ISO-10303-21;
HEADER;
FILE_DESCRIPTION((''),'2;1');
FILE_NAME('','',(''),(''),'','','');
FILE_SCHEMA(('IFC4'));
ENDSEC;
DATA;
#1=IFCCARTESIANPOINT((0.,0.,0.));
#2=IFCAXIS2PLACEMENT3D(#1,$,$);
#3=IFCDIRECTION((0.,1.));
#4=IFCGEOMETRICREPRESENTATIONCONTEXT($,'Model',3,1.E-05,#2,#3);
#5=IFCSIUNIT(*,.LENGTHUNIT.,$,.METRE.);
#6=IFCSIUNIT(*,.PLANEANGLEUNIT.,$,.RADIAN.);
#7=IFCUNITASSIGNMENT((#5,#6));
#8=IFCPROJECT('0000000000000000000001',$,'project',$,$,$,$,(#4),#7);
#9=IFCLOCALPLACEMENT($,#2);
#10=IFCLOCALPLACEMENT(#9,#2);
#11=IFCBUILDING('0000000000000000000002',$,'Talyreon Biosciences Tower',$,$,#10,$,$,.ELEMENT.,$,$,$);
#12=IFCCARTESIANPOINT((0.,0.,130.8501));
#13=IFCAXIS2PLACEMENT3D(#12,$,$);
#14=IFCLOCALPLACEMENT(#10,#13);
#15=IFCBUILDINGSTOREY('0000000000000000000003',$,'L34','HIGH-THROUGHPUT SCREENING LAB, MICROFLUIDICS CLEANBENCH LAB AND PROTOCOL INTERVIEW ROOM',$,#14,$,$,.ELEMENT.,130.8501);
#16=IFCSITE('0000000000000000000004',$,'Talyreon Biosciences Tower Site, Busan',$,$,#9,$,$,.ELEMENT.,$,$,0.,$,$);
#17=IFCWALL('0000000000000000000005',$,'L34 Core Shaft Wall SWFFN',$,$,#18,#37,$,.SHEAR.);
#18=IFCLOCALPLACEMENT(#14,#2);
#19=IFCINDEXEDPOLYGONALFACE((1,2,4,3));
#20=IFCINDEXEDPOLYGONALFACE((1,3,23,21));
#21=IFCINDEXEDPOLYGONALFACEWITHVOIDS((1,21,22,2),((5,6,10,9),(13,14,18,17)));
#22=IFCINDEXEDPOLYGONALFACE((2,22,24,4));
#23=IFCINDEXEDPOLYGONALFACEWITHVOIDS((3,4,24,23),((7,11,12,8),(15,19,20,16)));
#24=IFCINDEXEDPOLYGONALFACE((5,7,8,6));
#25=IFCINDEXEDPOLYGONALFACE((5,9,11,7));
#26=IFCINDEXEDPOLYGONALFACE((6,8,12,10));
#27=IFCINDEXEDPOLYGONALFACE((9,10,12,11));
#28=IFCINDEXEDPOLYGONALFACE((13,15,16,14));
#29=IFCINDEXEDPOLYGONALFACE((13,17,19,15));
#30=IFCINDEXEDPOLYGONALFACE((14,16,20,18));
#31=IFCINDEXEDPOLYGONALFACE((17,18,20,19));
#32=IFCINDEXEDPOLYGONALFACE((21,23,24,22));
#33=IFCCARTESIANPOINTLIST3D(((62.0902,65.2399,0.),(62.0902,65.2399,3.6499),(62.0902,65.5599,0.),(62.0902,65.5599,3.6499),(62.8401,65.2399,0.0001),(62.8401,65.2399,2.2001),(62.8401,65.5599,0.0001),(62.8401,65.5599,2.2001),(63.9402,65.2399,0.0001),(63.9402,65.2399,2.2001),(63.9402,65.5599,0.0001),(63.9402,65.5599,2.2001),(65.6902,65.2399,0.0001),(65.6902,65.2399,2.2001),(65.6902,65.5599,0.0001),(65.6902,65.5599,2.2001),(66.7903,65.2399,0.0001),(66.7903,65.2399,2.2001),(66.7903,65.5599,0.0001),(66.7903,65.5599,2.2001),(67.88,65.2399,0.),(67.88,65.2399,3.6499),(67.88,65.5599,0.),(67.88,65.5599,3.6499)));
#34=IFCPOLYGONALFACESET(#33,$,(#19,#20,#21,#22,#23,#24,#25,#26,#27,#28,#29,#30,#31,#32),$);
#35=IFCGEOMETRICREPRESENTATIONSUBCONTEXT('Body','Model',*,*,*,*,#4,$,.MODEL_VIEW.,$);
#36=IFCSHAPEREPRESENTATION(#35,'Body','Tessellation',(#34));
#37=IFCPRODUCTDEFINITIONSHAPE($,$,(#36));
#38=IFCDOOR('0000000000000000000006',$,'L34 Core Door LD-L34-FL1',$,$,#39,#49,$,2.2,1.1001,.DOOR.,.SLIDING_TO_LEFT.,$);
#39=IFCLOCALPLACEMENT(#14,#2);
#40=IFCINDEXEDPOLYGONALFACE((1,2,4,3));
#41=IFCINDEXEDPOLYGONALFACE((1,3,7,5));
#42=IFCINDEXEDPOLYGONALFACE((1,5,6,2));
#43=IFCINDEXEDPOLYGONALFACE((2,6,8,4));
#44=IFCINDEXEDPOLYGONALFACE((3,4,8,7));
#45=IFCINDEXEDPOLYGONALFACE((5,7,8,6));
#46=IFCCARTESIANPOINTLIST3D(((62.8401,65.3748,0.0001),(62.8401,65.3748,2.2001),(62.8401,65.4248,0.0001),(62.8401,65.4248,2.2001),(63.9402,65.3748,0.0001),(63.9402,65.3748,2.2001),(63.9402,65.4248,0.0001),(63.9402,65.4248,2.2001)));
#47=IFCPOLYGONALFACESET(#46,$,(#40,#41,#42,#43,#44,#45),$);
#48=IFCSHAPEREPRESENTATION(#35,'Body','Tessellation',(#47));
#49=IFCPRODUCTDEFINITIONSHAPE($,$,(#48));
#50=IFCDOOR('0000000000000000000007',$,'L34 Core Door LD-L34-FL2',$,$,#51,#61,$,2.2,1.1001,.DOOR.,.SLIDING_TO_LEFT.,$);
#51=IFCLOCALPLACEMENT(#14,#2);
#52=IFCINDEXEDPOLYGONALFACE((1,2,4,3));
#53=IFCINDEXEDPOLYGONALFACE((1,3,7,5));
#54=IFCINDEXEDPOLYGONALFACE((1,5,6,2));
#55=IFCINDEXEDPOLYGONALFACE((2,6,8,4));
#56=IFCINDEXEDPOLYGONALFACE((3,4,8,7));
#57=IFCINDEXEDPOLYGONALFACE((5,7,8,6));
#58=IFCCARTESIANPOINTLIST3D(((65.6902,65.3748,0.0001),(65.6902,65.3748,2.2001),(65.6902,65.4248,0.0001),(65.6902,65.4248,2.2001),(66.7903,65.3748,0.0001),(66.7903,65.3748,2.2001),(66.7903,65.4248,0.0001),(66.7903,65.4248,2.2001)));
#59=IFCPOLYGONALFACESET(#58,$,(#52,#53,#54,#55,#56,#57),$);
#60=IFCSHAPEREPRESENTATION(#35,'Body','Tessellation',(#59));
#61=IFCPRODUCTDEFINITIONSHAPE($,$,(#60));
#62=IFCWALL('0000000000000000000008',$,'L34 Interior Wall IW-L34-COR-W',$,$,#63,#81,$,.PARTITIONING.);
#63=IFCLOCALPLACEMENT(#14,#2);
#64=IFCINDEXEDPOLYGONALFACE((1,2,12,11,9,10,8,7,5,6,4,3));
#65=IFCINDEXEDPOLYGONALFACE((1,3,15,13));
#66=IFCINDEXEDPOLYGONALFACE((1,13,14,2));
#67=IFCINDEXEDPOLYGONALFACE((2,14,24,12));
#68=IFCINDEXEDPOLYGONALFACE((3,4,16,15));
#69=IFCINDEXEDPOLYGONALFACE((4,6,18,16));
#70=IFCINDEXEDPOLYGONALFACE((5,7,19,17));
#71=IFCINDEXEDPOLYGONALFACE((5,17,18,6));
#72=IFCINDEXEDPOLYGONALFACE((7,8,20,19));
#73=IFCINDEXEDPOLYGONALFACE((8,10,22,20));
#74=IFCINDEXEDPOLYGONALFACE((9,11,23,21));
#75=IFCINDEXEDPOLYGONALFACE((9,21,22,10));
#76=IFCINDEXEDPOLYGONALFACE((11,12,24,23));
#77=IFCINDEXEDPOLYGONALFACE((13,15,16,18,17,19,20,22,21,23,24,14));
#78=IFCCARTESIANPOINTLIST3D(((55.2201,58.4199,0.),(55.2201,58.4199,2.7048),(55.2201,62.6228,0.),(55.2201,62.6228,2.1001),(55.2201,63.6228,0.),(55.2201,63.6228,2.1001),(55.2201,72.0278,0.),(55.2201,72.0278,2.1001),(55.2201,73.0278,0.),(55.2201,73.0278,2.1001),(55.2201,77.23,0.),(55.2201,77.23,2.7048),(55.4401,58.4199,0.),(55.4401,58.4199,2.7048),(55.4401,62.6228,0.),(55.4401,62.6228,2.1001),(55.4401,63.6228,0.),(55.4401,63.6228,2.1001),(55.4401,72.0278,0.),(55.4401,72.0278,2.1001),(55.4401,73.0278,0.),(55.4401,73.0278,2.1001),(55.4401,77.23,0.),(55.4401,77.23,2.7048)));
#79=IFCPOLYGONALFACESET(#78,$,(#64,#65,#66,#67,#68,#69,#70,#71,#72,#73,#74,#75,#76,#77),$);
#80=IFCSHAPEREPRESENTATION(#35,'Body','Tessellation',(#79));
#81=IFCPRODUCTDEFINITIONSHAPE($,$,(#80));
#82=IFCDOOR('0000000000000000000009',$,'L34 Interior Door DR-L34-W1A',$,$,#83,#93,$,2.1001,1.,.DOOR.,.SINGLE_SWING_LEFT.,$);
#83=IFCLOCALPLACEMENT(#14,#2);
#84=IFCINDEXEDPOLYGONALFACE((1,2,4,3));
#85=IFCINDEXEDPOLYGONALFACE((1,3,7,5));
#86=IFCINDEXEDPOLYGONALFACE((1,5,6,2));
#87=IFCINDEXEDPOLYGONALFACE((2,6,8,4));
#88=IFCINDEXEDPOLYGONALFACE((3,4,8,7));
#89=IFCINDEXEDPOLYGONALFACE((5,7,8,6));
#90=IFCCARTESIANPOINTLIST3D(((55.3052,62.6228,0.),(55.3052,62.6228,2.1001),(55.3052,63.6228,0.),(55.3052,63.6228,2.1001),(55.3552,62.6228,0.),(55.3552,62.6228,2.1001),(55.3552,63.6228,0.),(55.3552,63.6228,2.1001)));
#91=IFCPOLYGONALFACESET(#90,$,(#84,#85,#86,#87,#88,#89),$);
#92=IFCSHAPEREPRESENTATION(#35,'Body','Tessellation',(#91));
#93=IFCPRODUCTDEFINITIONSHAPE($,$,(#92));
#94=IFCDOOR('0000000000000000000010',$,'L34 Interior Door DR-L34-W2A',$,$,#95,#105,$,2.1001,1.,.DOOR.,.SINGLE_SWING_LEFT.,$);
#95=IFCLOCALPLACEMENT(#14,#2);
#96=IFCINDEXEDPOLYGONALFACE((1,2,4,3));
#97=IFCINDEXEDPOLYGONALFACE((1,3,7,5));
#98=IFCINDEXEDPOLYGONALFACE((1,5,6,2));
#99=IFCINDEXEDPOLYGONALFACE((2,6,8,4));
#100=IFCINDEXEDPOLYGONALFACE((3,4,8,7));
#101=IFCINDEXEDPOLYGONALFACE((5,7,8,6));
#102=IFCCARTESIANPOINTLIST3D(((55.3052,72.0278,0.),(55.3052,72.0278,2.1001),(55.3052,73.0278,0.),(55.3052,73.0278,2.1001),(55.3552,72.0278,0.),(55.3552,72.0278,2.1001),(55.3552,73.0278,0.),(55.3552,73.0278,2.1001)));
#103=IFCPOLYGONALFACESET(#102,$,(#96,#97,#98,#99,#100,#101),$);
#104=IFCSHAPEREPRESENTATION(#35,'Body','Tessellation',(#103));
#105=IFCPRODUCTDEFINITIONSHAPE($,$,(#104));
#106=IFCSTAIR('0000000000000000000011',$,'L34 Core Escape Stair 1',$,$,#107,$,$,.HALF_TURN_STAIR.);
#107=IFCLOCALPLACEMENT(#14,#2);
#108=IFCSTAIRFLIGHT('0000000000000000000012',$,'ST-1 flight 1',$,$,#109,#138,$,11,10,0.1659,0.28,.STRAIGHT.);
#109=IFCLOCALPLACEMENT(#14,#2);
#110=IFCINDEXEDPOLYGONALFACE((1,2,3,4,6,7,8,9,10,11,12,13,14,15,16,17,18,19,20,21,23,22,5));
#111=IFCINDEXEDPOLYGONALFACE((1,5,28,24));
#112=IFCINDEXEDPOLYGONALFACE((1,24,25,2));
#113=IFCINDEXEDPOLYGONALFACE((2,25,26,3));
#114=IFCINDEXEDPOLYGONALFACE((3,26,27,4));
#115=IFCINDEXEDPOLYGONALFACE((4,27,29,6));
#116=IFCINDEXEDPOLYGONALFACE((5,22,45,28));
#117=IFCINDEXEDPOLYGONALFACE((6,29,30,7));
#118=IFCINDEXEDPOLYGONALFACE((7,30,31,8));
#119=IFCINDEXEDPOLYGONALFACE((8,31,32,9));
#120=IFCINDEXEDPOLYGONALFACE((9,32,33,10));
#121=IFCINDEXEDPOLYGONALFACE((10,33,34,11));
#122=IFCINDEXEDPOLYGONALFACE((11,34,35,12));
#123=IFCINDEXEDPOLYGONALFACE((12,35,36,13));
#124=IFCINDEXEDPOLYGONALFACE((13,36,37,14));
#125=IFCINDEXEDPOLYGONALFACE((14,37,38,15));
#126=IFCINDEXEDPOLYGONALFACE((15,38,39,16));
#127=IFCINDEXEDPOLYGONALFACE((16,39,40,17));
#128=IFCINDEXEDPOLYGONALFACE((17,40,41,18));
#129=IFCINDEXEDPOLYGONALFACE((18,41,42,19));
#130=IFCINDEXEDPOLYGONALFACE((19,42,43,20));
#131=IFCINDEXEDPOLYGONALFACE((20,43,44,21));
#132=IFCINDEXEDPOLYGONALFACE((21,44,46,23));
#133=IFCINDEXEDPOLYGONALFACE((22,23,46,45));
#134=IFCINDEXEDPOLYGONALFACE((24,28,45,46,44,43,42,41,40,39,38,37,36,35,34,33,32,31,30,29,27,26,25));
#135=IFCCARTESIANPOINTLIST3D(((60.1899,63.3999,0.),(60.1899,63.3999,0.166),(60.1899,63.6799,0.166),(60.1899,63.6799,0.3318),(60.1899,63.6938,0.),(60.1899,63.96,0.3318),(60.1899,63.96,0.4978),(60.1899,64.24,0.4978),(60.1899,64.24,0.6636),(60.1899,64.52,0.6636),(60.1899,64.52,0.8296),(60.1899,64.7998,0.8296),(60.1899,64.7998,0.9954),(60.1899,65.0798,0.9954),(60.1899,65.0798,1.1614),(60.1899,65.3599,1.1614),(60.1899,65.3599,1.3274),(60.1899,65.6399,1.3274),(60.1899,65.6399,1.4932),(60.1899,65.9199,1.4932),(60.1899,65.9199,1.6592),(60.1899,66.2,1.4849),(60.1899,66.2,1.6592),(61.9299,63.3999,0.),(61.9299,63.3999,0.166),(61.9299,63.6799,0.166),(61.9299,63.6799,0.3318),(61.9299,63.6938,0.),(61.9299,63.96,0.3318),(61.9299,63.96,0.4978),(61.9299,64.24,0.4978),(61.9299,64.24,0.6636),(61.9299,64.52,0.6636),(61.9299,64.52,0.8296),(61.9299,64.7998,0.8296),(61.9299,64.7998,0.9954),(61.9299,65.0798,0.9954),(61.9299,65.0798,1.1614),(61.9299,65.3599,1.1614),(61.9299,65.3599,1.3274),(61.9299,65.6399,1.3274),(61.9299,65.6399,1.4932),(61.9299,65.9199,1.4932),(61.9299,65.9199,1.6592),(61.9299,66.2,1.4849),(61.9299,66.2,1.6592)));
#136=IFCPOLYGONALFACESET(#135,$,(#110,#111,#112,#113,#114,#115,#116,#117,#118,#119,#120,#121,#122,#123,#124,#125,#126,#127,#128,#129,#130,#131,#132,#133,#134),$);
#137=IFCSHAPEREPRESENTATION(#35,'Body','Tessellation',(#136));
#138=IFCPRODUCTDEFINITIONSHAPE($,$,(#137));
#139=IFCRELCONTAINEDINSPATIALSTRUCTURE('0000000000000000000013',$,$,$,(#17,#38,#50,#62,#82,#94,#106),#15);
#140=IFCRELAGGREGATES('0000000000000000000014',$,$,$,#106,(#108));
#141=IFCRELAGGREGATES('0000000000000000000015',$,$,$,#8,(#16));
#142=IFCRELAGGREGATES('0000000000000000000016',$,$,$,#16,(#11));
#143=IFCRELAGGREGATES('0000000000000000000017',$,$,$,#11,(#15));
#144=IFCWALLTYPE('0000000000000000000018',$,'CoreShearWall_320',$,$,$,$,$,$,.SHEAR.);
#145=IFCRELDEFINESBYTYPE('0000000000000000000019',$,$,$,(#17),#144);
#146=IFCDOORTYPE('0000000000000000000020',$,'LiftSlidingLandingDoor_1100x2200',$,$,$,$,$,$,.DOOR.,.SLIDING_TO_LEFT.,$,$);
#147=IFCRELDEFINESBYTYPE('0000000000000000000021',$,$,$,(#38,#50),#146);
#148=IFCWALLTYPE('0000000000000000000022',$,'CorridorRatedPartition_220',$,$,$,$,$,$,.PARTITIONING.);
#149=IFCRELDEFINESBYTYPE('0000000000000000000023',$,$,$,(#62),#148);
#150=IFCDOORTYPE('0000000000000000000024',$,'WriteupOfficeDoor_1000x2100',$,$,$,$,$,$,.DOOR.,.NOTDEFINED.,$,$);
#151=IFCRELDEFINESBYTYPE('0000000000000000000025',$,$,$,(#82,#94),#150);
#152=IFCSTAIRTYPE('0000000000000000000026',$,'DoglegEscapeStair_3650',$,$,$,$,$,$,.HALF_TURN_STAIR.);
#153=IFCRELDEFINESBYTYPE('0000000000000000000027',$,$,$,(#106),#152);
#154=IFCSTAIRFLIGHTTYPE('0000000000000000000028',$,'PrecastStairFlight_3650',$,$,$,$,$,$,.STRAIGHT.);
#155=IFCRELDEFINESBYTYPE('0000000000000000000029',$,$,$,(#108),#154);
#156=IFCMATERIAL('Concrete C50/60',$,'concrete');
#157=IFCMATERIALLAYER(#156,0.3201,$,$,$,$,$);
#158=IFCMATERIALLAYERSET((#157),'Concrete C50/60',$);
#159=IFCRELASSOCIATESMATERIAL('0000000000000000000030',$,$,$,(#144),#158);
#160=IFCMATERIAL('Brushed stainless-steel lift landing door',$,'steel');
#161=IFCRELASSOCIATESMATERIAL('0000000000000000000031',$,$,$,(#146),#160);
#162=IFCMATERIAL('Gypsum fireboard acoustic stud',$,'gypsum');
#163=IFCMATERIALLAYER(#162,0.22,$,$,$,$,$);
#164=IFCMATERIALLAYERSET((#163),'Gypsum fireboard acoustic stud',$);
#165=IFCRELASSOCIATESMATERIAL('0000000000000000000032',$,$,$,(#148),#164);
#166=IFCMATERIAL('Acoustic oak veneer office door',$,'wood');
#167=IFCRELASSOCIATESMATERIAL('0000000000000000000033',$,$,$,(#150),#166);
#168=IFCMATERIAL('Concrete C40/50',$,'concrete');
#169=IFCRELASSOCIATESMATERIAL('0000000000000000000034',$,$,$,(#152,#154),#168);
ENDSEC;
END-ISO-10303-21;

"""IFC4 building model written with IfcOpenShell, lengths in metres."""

from ifc_helpers import new_model, si_unit, direction, frame, frame_2d, origin, place, context, subcontext, project, spatial, polyline, rectangle, outline, extrude, material, layer, layer_set, type_object, element, fill, aggregate, save


model = new_model("IFC4")

# Units and contexts
model_context = context("Model", 3, precision=1e-05, world=origin(), true_north=direction((0.0, 1.0)))
body_context = subcontext(model_context, "Body", "Model", "MODEL_VIEW")
ifc_project = project(units=[si_unit("LENGTHUNIT", "METRE"), si_unit("PLANEANGLEUNIT", "RADIAN")], contexts=[model_context])

# Site, building, storey
site_placement = place(None, origin())
site = spatial("IfcSite", under=ifc_project, at=site_placement, Name="Talyreon Biosciences Tower Site, Busan", CompositionType="ELEMENT", RefElevation=0.0)
building_placement = place(site_placement, origin())
building = spatial("IfcBuilding", under=site, at=building_placement, Name="Talyreon Biosciences Tower", CompositionType="ELEMENT")
storey_placement = place(building_placement, frame((0.0, 0.0, 130.8501)))
storey = spatial("IfcBuildingStorey", under=building, at=storey_placement, Name="L34", Description="HIGH-THROUGHPUT SCREENING LAB, MICROFLUIDICS CLEANBENCH LAB AND PROTOCOL INTERVIEW ROOM", CompositionType="ELEMENT", Elevation=130.8501)

# Shared definitions
ifc_material_1 = material(Name="Concrete C50/60", Category="concrete")

# Shared definitions
ifc_layer_1 = layer(ifc_material_1, 0.3201)
ifc_layer_set_1 = layer_set([ifc_layer_1], Name="Concrete C50/60")
wall_type_1 = type_object("IfcWallType", Name="CoreShearWall_320", PredefinedType="SHEAR", material=ifc_layer_set_1)

# Walls, openings, doors
wall_1_placement = place(storey_placement, frame((62.0901, 65.3999, 0.0), z_axis=(0.0, 0.0, 1.0), x_axis=(1.0, 0.0, 0.0)))
wall_1 = element("IfcWall", 1, at=wall_1_placement, inside=storey, type_object=wall_type_1, Name="L34 Core Shaft Wall SWFFN", PredefinedType="SHEAR", context=body_context, shape_type="SweptSolid", body=[
    extrude(rectangle(XDim=5.7898, YDim=0.3201, at=frame_2d((2.895, 0.0))), origin(), (0.0, 0.0, 1.0), 3.6499),
])
opening_1_placement = place(wall_1_placement, frame((0.75, 0.0, 0.0)))
opening_1 = element("IfcOpeningElement", 2, at=opening_1_placement, cuts=wall_1, PredefinedType="OPENING", context=body_context, shape_type="SweptSolid", body=[
    extrude(rectangle(XDim=1.1001, YDim=2.2, at=frame_2d((0.55, 1.1001))), frame((0.0, 0.1699, 0.0), z_axis=(0.0, -1.0, 0.0), x_axis=(1.0, 0.0, 0.0)), (0.0, 0.0, 1.0), 0.3401),
])
opening_2_placement = place(wall_1_placement, frame((3.6001, 0.0, 0.0)))
opening_2 = element("IfcOpeningElement", 3, at=opening_2_placement, cuts=wall_1, PredefinedType="OPENING", context=body_context, shape_type="SweptSolid", body=[
    extrude(rectangle(XDim=1.1001, YDim=2.2, at=frame_2d((0.55, 1.1001))), frame((0.0, 0.1699, 0.0), z_axis=(0.0, -1.0, 0.0), x_axis=(1.0, 0.0, 0.0)), (0.0, 0.0, 1.0), 0.3401),
])
ifc_material_2 = material(Name="Brushed stainless-steel lift landing door", Category="steel")
door_type_1 = type_object("IfcDoorType", Name="LiftSlidingLandingDoor_1100x2200", OperationType="SLIDING_TO_LEFT", PredefinedType="DOOR", material=ifc_material_2)
door_1_placement = place(opening_1_placement, origin())
door_1 = element("IfcDoor", 4, at=door_1_placement, inside=storey, type_object=door_type_1, Name="L34 Core Door LD-L34-FL1", OperationType="SLIDING_TO_LEFT", OverallHeight=2.2, OverallWidth=1.1001, PredefinedType="DOOR", context=body_context, shape_type="SweptSolid", body=[
    extrude(rectangle(XDim=1.1001, YDim=2.2, at=frame_2d((0.55, 1.1001))), frame((0.0, 0.0249, 0.0), z_axis=(0.0, -1.0, 0.0), x_axis=(1.0, 0.0, 0.0)), (0.0, 0.0, 1.0), 0.05),
])
fill(opening_1, door_1)
door_2_placement = place(opening_2_placement, origin())
door_2 = element("IfcDoor", 5, at=door_2_placement, inside=storey, type_object=door_type_1, Name="L34 Core Door LD-L34-FL2", OperationType="SLIDING_TO_LEFT", OverallHeight=2.2, OverallWidth=1.1001, PredefinedType="DOOR", context=body_context, shape_type="SweptSolid", body=[
    extrude(rectangle(XDim=1.1001, YDim=2.2, at=frame_2d((0.55, 1.1001))), frame((0.0, 0.0249, 0.0), z_axis=(0.0, -1.0, 0.0), x_axis=(1.0, 0.0, 0.0)), (0.0, 0.0, 1.0), 0.05),
])
fill(opening_2, door_2)
ifc_material_3 = material(Name="Gypsum fireboard acoustic stud", Category="gypsum")
ifc_layer_2 = layer(ifc_material_3, 0.22)
ifc_layer_set_2 = layer_set([ifc_layer_2], Name="Gypsum fireboard acoustic stud")
wall_type_2 = type_object("IfcWallType", Name="CorridorRatedPartition_220", PredefinedType="PARTITIONING", material=ifc_layer_set_2)
wall_2_placement = place(storey_placement, frame((55.3301, 58.4199, 0.0), z_axis=(0.0, 0.0, 1.0), x_axis=(0.0, 1.0, 0.0)))
wall_2 = element("IfcWall", 6, at=wall_2_placement, inside=storey, type_object=wall_type_2, Name="L34 Interior Wall IW-L34-COR-W", PredefinedType="PARTITIONING", context=body_context, shape_type="SweptSolid", body=[
    extrude(rectangle(XDim=18.8101, YDim=0.22, at=frame_2d((9.405, 0.0))), origin(), (0.0, 0.0, 1.0), 2.7048),
])
opening_3_placement = place(wall_2_placement, frame((4.2029, 0.0, 0.0)))
opening_3 = element("IfcOpeningElement", 7, at=opening_3_placement, cuts=wall_2, PredefinedType="OPENING", context=body_context, shape_type="SweptSolid", body=[
    extrude(rectangle(XDim=1.0, YDim=2.1001, at=frame_2d((0.5, 1.05))), frame((0.0, 0.1199, 0.0), z_axis=(0.0, -1.0, 0.0), x_axis=(1.0, 0.0, 0.0)), (0.0, 0.0, 1.0), 0.24),
])
opening_4_placement = place(wall_2_placement, frame((13.6079, 0.0, 0.0)))
opening_4 = element("IfcOpeningElement", 8, at=opening_4_placement, cuts=wall_2, PredefinedType="OPENING", context=body_context, shape_type="SweptSolid", body=[
    extrude(rectangle(XDim=1.0, YDim=2.1001, at=frame_2d((0.5, 1.05))), frame((0.0, 0.1199, 0.0), z_axis=(0.0, -1.0, 0.0), x_axis=(1.0, 0.0, 0.0)), (0.0, 0.0, 1.0), 0.24),
])
ifc_material_4 = material(Name="Acoustic oak veneer office door", Category="wood")
door_type_2 = type_object("IfcDoorType", Name="WriteupOfficeDoor_1000x2100", OperationType="NOTDEFINED", PredefinedType="DOOR", material=ifc_material_4)
door_3_placement = place(opening_3_placement, origin())
door_3 = element("IfcDoor", 9, at=door_3_placement, inside=storey, type_object=door_type_2, Name="L34 Interior Door DR-L34-W1A", OperationType="SINGLE_SWING_LEFT", OverallHeight=2.1001, OverallWidth=1.0, PredefinedType="DOOR", context=body_context, shape_type="SweptSolid", body=[
    extrude(rectangle(XDim=1.0, YDim=2.1001, at=frame_2d((0.5, 1.05))), frame((0.0, 0.0249, 0.0), z_axis=(0.0, -1.0, 0.0), x_axis=(1.0, 0.0, 0.0)), (0.0, 0.0, 1.0), 0.05),
])
fill(opening_3, door_3)
door_4_placement = place(opening_4_placement, origin())
door_4 = element("IfcDoor", 10, at=door_4_placement, inside=storey, type_object=door_type_2, Name="L34 Interior Door DR-L34-W2A", OperationType="SINGLE_SWING_LEFT", OverallHeight=2.1001, OverallWidth=1.0, PredefinedType="DOOR", context=body_context, shape_type="SweptSolid", body=[
    extrude(rectangle(XDim=1.0, YDim=2.1001, at=frame_2d((0.5, 1.05))), frame((0.0, 0.0249, 0.0), z_axis=(0.0, -1.0, 0.0), x_axis=(1.0, 0.0, 0.0)), (0.0, 0.0, 1.0), 0.05),
])
fill(opening_4, door_4)

# Stair, stair flight
ifc_material_5 = material(Name="Concrete C40/50", Category="concrete")
stair_type = type_object("IfcStairType", Name="DoglegEscapeStair_3650", PredefinedType="HALF_TURN_STAIR", material=ifc_material_5)
stair_placement = place(storey_placement, origin())
stair = element("IfcStair", 11, at=stair_placement, inside=storey, type_object=stair_type, Name="L34 Core Escape Stair 1", PredefinedType="HALF_TURN_STAIR")
stair_flight_type = type_object("IfcStairFlightType", Name="PrecastStairFlight_3650", PredefinedType="STRAIGHT", material=ifc_material_5)
stair_flight_placement = place(storey_placement, frame((61.0601, 63.3999, 0.0), z_axis=(0.0, 0.0, 1.0), x_axis=(0.0, 1.0, 0.0)))
stair_flight = element("IfcStairFlight", 12, at=stair_flight_placement, type_object=stair_flight_type, Name="ST-1 flight 1", NumberOfRisers=11, NumberOfTreads=10, PredefinedType="STRAIGHT", RiserHeight=0.1659, TreadLength=0.28, context=body_context, shape_type="SweptSolid", body=[
    extrude(outline(polyline([(0.0, 0.0), (0.0, 0.166), (0.28, 0.166), (0.28, 0.3318), (0.5601, 0.3318), (0.5601, 0.4978), (0.8401, 0.4978), (0.8401, 0.6636), (1.1201, 0.6636), (1.1201, 0.8296), (1.3999, 0.8296), (1.3999, 0.9954), (1.6799, 0.9954), (1.6799, 1.1614), (1.96, 1.1614), (1.96, 1.3274), (2.24, 1.3274), (2.24, 1.4932), (2.52, 1.4932), (2.52, 1.6592), (2.8, 1.6592), (2.8, 1.825), (2.8, 1.4849), (0.2939, 0.0), (0.0, 0.0)])), frame((0.0, 0.8701, 0.0), z_axis=(0.0, -1.0, 0.0), x_axis=(1.0, 0.0, 0.0)), (0.0, 0.0, 1.0), 1.74),
])
aggregate(stair, [stair_flight])

save(model, "model.ifc")
